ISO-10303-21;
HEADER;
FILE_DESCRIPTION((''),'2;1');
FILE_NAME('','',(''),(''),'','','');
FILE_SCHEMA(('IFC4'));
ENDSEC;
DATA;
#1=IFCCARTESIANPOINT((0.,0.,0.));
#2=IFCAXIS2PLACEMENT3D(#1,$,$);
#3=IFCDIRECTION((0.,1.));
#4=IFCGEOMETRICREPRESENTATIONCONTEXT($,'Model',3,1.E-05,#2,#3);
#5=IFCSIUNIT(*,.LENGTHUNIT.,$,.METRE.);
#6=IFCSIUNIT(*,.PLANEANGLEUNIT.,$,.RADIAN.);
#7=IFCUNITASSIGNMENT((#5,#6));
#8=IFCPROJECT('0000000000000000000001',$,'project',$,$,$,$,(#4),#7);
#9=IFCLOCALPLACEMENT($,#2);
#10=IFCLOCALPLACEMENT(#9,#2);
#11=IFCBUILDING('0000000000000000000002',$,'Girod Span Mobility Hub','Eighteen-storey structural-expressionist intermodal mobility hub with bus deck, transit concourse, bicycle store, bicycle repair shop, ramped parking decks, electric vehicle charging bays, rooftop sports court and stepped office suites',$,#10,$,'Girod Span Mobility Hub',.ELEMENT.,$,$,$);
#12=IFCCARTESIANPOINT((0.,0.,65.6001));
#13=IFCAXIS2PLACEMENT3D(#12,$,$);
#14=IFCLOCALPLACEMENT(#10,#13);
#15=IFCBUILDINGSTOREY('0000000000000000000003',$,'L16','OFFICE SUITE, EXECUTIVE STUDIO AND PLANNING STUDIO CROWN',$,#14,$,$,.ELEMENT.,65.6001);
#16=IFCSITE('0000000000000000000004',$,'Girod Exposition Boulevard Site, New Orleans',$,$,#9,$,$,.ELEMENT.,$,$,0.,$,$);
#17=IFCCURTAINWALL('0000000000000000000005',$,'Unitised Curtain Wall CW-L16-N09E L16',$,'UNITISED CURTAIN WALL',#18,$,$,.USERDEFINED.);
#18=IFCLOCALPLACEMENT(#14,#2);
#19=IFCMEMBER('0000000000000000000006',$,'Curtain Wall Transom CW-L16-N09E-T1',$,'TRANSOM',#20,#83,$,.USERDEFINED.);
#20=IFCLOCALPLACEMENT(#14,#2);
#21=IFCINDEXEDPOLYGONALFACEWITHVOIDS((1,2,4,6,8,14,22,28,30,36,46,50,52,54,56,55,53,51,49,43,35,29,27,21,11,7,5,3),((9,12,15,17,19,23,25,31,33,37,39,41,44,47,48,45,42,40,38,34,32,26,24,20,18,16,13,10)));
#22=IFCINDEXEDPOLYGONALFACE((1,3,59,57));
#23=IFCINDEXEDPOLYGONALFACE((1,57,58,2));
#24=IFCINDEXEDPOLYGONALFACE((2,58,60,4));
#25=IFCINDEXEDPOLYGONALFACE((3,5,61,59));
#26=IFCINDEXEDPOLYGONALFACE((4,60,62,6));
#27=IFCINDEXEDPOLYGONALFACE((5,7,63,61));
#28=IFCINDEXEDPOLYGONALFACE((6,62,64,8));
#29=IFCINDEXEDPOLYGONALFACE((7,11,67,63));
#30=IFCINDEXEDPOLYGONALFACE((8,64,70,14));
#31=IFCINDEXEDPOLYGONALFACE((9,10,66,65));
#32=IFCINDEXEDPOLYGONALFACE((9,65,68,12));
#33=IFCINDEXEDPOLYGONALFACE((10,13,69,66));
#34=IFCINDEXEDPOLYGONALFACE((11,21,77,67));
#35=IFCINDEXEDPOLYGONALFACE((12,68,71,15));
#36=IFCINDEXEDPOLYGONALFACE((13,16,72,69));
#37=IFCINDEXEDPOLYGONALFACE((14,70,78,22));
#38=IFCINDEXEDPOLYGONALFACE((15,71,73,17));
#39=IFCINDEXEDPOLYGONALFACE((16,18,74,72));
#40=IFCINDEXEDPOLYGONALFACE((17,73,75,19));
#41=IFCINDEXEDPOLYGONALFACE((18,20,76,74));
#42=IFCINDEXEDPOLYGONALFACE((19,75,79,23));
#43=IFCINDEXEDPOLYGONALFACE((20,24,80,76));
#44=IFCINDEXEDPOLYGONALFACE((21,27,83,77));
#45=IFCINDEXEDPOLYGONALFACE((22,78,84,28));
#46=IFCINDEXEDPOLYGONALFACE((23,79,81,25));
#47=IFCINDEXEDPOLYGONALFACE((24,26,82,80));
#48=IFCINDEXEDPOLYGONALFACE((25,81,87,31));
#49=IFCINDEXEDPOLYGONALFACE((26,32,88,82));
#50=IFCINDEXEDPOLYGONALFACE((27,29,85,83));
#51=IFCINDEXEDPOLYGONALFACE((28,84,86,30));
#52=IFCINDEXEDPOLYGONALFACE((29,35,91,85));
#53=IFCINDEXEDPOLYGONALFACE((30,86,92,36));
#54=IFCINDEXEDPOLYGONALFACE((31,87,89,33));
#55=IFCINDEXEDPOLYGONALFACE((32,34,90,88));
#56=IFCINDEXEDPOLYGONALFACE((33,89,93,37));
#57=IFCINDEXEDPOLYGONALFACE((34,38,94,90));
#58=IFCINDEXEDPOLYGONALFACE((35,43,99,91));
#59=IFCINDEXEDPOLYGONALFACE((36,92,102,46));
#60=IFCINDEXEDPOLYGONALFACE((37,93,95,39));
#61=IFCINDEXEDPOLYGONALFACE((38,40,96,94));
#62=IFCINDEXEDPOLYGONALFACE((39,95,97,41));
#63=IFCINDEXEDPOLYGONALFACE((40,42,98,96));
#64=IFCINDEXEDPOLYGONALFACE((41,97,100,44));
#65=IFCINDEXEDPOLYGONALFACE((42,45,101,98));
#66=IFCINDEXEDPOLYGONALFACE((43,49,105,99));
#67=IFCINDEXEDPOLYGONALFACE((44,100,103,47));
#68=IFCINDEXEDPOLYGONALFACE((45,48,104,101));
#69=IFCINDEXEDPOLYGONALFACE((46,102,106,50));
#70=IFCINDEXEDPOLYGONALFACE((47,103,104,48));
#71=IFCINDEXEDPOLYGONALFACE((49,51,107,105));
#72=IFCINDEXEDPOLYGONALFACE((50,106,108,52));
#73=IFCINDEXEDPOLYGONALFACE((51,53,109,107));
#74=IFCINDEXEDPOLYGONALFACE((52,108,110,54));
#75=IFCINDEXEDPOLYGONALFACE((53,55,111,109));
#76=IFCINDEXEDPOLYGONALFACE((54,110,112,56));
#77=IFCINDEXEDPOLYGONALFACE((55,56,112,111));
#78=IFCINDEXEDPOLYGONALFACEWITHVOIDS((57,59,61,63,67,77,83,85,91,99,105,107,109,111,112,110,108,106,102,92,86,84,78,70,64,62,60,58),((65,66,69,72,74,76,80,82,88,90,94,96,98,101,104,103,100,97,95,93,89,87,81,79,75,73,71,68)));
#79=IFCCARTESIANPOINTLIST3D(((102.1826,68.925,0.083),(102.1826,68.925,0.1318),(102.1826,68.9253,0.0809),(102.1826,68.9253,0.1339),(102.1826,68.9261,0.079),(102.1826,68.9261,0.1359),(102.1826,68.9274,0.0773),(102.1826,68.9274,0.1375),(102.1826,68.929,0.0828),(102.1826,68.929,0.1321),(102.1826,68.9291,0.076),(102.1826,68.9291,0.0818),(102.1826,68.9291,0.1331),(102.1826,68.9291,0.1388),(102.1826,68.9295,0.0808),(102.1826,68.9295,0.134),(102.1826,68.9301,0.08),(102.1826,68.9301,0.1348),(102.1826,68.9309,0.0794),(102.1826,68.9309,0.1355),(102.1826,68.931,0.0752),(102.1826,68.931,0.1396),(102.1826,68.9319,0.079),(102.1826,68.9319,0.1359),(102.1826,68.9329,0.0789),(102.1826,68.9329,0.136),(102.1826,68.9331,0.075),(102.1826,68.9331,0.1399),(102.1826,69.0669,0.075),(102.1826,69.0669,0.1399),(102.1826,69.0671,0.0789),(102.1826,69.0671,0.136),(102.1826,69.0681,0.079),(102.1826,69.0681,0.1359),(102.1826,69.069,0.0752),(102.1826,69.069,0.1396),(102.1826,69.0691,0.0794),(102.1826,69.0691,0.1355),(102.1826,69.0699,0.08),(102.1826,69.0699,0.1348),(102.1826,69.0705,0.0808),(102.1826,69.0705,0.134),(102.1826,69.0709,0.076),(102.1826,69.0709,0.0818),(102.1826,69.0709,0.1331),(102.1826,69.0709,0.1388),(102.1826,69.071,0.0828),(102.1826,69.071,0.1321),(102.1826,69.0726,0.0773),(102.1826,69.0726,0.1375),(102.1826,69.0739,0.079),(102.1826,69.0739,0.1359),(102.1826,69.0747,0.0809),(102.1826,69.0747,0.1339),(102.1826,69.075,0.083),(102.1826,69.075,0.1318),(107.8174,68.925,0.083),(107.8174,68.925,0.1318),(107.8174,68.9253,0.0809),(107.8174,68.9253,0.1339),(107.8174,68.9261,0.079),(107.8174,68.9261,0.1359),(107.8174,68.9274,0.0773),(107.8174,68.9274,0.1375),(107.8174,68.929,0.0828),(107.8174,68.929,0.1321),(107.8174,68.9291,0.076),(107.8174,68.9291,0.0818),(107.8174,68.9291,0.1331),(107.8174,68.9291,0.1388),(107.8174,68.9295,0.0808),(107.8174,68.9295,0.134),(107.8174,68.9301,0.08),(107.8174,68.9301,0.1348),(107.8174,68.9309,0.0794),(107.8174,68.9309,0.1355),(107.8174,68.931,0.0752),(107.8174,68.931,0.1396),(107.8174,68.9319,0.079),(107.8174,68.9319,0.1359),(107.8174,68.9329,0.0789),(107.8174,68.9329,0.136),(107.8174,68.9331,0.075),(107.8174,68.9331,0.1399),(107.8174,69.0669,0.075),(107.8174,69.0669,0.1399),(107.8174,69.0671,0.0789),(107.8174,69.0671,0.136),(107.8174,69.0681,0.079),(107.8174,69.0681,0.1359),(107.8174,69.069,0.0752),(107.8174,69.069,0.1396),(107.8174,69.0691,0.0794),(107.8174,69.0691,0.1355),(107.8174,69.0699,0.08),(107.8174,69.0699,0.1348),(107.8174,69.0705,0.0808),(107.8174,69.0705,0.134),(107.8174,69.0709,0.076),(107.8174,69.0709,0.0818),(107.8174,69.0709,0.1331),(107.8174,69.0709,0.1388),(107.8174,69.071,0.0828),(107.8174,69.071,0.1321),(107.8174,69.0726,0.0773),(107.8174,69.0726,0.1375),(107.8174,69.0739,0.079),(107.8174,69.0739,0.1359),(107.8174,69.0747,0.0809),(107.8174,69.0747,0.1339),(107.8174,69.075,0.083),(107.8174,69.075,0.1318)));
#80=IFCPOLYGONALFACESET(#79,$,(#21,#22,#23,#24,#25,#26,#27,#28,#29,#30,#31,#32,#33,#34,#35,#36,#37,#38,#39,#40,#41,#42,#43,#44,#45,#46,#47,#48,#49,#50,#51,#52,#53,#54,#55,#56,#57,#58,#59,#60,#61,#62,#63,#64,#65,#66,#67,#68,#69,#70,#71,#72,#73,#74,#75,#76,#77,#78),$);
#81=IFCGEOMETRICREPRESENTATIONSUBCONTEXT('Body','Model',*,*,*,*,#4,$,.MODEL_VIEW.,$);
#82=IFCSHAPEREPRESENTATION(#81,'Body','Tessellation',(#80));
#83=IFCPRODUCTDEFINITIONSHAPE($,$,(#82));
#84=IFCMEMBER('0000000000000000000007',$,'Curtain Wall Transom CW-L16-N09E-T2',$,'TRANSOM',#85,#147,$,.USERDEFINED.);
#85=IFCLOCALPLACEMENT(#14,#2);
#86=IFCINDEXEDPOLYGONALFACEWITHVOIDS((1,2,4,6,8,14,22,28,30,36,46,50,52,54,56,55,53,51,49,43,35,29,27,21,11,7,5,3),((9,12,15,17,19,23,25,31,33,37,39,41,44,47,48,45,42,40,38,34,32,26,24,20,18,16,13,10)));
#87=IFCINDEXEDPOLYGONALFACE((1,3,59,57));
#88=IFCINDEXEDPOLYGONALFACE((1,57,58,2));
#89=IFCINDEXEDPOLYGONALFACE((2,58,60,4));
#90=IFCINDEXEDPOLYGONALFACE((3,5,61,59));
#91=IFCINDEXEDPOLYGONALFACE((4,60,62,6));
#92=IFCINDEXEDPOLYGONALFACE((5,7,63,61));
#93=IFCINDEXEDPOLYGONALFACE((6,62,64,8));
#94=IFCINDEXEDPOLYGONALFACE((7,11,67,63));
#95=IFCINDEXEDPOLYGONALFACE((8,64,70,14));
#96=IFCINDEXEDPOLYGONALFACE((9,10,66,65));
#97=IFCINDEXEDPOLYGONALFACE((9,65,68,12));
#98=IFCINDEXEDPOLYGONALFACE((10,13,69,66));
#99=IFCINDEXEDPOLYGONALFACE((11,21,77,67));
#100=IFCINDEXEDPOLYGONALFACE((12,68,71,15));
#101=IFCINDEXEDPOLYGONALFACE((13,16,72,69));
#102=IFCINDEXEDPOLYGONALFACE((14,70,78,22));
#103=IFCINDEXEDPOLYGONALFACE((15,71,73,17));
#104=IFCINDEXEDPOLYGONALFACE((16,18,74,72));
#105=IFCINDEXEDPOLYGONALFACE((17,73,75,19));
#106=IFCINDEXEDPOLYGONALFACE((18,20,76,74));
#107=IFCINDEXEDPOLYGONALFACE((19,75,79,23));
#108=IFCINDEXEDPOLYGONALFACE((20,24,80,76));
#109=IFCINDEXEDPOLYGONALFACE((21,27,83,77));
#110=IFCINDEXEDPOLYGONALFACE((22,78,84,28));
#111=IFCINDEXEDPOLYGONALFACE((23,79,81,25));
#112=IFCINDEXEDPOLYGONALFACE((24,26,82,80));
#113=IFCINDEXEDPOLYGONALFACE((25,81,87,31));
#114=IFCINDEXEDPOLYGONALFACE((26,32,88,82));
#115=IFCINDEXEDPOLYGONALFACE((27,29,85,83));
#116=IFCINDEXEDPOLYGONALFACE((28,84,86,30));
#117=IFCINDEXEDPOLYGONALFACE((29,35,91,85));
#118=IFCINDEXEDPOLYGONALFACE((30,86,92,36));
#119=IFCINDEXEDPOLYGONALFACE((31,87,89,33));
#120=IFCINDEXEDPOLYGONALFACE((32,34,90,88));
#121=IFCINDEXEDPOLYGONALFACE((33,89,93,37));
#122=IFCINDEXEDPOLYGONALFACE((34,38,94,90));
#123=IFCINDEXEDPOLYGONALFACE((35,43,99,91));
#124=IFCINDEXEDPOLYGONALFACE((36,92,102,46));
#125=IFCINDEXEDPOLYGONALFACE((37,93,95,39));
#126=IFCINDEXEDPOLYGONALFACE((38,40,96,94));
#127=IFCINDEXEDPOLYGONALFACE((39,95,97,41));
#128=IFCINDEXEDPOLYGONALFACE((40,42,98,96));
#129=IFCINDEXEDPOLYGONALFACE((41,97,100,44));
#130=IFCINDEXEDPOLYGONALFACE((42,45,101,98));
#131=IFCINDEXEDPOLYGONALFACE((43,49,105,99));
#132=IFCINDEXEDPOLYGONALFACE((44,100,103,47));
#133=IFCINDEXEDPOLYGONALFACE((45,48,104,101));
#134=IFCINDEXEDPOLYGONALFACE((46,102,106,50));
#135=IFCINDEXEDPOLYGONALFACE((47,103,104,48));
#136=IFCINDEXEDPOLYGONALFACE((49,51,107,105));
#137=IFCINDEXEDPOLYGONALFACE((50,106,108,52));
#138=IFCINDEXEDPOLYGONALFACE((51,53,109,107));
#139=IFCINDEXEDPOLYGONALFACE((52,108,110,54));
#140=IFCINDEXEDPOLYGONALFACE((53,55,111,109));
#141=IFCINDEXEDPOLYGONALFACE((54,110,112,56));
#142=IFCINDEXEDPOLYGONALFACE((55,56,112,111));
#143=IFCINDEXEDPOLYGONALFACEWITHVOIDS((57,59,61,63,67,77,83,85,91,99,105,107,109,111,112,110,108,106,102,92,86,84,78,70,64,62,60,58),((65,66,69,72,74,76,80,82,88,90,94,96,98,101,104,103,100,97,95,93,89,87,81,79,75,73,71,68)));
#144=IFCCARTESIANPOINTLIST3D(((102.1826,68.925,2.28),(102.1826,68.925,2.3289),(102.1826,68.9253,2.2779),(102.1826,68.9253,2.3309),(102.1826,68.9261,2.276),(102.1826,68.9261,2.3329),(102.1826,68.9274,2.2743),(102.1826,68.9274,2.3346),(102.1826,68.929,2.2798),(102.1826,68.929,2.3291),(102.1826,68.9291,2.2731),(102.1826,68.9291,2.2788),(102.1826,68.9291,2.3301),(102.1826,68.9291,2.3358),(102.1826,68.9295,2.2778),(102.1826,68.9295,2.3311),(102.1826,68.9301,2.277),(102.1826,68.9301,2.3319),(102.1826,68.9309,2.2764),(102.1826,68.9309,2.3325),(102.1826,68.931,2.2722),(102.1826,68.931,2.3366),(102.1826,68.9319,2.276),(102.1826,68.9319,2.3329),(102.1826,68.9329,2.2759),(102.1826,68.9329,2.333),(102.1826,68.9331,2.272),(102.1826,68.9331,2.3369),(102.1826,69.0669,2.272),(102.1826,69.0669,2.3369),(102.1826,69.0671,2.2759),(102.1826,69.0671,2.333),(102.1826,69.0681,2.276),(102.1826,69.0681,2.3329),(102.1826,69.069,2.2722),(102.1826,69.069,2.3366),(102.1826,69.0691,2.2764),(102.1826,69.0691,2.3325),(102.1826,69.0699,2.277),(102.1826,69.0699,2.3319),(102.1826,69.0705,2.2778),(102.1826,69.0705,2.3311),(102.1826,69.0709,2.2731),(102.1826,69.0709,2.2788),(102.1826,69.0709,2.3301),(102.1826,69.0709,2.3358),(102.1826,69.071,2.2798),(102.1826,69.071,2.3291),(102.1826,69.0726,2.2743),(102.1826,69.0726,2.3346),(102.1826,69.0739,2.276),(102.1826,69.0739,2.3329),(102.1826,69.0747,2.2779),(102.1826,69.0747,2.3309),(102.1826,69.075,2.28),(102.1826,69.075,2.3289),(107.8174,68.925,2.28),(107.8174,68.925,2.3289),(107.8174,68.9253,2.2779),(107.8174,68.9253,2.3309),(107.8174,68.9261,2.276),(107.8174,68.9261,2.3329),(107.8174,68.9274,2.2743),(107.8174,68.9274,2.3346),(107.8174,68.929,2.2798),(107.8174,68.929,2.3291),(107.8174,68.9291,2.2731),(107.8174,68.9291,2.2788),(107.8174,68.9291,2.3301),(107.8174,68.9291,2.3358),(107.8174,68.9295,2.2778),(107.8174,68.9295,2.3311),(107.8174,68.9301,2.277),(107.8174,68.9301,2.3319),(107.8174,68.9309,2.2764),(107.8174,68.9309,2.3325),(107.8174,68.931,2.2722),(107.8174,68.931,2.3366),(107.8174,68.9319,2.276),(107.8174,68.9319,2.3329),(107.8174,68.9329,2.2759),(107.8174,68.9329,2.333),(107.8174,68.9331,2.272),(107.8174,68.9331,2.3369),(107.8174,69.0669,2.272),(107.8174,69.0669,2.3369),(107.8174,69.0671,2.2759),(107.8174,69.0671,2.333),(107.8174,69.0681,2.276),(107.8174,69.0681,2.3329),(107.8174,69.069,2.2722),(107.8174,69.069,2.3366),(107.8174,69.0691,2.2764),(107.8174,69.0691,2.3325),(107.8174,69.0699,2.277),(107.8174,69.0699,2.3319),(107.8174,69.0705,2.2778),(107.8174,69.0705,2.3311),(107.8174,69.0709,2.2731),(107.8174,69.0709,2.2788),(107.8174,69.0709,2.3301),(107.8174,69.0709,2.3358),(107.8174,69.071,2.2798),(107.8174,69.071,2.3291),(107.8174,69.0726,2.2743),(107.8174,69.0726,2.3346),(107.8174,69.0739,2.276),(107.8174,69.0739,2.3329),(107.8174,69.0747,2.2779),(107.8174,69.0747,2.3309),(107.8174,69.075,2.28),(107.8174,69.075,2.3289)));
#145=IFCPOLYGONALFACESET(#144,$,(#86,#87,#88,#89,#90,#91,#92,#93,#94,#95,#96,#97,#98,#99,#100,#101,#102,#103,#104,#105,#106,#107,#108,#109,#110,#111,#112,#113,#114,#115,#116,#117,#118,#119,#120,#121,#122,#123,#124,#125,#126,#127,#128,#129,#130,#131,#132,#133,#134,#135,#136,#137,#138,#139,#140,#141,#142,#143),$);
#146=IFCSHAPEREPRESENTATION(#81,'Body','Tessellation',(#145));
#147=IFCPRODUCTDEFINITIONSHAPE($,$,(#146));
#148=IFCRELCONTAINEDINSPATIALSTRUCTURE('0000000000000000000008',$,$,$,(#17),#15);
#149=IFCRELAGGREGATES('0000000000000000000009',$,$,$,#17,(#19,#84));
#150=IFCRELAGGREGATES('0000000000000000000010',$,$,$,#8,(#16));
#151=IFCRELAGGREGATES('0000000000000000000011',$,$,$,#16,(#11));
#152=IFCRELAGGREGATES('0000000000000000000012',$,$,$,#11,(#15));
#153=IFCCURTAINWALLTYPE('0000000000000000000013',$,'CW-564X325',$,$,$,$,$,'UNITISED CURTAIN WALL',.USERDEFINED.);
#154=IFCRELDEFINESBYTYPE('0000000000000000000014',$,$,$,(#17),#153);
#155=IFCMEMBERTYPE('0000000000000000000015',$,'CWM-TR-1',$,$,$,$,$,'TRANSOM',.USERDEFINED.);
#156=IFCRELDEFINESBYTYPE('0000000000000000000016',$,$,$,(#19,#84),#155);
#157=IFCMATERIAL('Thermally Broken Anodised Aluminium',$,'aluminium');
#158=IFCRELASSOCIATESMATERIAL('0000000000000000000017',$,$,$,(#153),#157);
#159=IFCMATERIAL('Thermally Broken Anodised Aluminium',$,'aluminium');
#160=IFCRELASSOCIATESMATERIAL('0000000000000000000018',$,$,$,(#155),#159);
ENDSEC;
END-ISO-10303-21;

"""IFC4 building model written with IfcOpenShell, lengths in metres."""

from ifc_helpers import new_model, si_unit, direction, frame, origin, origin_2d, place, context, subcontext, project, spatial, hollow_rectangle, extrude, material, material_profile, profile_set, type_object, element, aggregate, save


model = new_model("IFC4")

# Units and contexts
model_context = context("Model", 3, precision=1e-05, world=origin(), true_north=direction((0.0, 1.0)))
body_context = subcontext(model_context, "Body", "Model", "MODEL_VIEW")
ifc_project = project(units=[si_unit("LENGTHUNIT", "METRE"), si_unit("PLANEANGLEUNIT", "RADIAN")], contexts=[model_context])

# Site, building, storey
site_placement = place(None, origin())
site = spatial("IfcSite", under=ifc_project, at=site_placement, Name="Girod Exposition Boulevard Site, New Orleans", CompositionType="ELEMENT", RefElevation=0.0)
building_placement = place(site_placement, origin())
building = spatial("IfcBuilding", under=site, at=building_placement, Name="Girod Span Mobility Hub", Description="Eighteen-storey structural-expressionist intermodal mobility hub with bus deck, transit concourse, bicycle store, bicycle repair shop, ramped parking decks, electric vehicle charging bays, rooftop sports court and stepped office suites", LongName="Girod Span Mobility Hub", CompositionType="ELEMENT")
storey_placement = place(building_placement, frame((0.0, 0.0, 65.6001)))
storey = spatial("IfcBuildingStorey", under=building, at=storey_placement, Name="L16", Description="OFFICE SUITE, EXECUTIVE STUDIO AND PLANNING STUDIO CROWN", CompositionType="ELEMENT", Elevation=65.6001)

# Curtain wall
ifc_material_1 = material(Name="Thermally Broken Anodised Aluminium", Category="aluminium")
curtain_wall_type = type_object("IfcCurtainWallType", Name="CW-564X325", ElementType="UNITISED CURTAIN WALL", PredefinedType="USERDEFINED", material=ifc_material_1)
curtain_wall_1_placement = place(storey_placement, origin())
curtain_wall_1 = element("IfcCurtainWall", 1, at=curtain_wall_1_placement, inside=storey, type_object=curtain_wall_type, Name="Unitised Curtain Wall CW-L16-N09E L16", ObjectType="UNITISED CURTAIN WALL", PredefinedType="USERDEFINED")

# Members
ifc_material_2 = material(Name="Thermally Broken Anodised Aluminium", Category="aluminium")
ifc_material_profile_1 = material_profile(ifc_material_2, hollow_rectangle(XDim=0.1499, YDim=0.0649, WallThickness=0.0039, InnerFilletRadius=0.0039, OuterFilletRadius=0.0081, at=origin_2d()), Name="CW-TR-65X150")
ifc_profile_set_1 = profile_set([ifc_material_profile_1], Name="Thermally Broken Anodised Aluminium")
member_type_1 = type_object("IfcMemberType", Name="CWM-TR-1", ElementType="TRANSOM", PredefinedType="USERDEFINED", material=ifc_profile_set_1)
member_1_placement = place(storey_placement, frame((102.1826, 69.0, 0.1074), z_axis=(1.0, 0.0, 0.0), x_axis=(0.0, 1.0, 0.0)))
member_1 = element("IfcMember", 2, at=member_1_placement, type_object=member_type_1, Name="Curtain Wall Transom CW-L16-N09E-T1", ObjectType="TRANSOM", PredefinedType="USERDEFINED", context=body_context, shape_type="SweptSolid", body=[
    extrude(hollow_rectangle(XDim=0.1499, YDim=0.0649, WallThickness=0.0039, InnerFilletRadius=0.0039, OuterFilletRadius=0.0081, at=origin_2d()), origin(), (0.0, 0.0, 1.0), 5.6348),
])
member_2_placement = place(storey_placement, frame((102.1826, 69.0, 2.3044), z_axis=(1.0, 0.0, 0.0), x_axis=(0.0, 1.0, 0.0)))
member_2 = element("IfcMember", 3, at=member_2_placement, type_object=member_type_1, Name="Curtain Wall Transom CW-L16-N09E-T2", ObjectType="TRANSOM", PredefinedType="USERDEFINED", context=body_context, shape_type="SweptSolid", body=[
    extrude(hollow_rectangle(XDim=0.1499, YDim=0.0649, WallThickness=0.0039, InnerFilletRadius=0.0039, OuterFilletRadius=0.0081, at=origin_2d()), origin(), (0.0, 0.0, 1.0), 5.6348),
])

aggregate(curtain_wall_1, [member_1, member_2])

save(model, "model.ifc")
